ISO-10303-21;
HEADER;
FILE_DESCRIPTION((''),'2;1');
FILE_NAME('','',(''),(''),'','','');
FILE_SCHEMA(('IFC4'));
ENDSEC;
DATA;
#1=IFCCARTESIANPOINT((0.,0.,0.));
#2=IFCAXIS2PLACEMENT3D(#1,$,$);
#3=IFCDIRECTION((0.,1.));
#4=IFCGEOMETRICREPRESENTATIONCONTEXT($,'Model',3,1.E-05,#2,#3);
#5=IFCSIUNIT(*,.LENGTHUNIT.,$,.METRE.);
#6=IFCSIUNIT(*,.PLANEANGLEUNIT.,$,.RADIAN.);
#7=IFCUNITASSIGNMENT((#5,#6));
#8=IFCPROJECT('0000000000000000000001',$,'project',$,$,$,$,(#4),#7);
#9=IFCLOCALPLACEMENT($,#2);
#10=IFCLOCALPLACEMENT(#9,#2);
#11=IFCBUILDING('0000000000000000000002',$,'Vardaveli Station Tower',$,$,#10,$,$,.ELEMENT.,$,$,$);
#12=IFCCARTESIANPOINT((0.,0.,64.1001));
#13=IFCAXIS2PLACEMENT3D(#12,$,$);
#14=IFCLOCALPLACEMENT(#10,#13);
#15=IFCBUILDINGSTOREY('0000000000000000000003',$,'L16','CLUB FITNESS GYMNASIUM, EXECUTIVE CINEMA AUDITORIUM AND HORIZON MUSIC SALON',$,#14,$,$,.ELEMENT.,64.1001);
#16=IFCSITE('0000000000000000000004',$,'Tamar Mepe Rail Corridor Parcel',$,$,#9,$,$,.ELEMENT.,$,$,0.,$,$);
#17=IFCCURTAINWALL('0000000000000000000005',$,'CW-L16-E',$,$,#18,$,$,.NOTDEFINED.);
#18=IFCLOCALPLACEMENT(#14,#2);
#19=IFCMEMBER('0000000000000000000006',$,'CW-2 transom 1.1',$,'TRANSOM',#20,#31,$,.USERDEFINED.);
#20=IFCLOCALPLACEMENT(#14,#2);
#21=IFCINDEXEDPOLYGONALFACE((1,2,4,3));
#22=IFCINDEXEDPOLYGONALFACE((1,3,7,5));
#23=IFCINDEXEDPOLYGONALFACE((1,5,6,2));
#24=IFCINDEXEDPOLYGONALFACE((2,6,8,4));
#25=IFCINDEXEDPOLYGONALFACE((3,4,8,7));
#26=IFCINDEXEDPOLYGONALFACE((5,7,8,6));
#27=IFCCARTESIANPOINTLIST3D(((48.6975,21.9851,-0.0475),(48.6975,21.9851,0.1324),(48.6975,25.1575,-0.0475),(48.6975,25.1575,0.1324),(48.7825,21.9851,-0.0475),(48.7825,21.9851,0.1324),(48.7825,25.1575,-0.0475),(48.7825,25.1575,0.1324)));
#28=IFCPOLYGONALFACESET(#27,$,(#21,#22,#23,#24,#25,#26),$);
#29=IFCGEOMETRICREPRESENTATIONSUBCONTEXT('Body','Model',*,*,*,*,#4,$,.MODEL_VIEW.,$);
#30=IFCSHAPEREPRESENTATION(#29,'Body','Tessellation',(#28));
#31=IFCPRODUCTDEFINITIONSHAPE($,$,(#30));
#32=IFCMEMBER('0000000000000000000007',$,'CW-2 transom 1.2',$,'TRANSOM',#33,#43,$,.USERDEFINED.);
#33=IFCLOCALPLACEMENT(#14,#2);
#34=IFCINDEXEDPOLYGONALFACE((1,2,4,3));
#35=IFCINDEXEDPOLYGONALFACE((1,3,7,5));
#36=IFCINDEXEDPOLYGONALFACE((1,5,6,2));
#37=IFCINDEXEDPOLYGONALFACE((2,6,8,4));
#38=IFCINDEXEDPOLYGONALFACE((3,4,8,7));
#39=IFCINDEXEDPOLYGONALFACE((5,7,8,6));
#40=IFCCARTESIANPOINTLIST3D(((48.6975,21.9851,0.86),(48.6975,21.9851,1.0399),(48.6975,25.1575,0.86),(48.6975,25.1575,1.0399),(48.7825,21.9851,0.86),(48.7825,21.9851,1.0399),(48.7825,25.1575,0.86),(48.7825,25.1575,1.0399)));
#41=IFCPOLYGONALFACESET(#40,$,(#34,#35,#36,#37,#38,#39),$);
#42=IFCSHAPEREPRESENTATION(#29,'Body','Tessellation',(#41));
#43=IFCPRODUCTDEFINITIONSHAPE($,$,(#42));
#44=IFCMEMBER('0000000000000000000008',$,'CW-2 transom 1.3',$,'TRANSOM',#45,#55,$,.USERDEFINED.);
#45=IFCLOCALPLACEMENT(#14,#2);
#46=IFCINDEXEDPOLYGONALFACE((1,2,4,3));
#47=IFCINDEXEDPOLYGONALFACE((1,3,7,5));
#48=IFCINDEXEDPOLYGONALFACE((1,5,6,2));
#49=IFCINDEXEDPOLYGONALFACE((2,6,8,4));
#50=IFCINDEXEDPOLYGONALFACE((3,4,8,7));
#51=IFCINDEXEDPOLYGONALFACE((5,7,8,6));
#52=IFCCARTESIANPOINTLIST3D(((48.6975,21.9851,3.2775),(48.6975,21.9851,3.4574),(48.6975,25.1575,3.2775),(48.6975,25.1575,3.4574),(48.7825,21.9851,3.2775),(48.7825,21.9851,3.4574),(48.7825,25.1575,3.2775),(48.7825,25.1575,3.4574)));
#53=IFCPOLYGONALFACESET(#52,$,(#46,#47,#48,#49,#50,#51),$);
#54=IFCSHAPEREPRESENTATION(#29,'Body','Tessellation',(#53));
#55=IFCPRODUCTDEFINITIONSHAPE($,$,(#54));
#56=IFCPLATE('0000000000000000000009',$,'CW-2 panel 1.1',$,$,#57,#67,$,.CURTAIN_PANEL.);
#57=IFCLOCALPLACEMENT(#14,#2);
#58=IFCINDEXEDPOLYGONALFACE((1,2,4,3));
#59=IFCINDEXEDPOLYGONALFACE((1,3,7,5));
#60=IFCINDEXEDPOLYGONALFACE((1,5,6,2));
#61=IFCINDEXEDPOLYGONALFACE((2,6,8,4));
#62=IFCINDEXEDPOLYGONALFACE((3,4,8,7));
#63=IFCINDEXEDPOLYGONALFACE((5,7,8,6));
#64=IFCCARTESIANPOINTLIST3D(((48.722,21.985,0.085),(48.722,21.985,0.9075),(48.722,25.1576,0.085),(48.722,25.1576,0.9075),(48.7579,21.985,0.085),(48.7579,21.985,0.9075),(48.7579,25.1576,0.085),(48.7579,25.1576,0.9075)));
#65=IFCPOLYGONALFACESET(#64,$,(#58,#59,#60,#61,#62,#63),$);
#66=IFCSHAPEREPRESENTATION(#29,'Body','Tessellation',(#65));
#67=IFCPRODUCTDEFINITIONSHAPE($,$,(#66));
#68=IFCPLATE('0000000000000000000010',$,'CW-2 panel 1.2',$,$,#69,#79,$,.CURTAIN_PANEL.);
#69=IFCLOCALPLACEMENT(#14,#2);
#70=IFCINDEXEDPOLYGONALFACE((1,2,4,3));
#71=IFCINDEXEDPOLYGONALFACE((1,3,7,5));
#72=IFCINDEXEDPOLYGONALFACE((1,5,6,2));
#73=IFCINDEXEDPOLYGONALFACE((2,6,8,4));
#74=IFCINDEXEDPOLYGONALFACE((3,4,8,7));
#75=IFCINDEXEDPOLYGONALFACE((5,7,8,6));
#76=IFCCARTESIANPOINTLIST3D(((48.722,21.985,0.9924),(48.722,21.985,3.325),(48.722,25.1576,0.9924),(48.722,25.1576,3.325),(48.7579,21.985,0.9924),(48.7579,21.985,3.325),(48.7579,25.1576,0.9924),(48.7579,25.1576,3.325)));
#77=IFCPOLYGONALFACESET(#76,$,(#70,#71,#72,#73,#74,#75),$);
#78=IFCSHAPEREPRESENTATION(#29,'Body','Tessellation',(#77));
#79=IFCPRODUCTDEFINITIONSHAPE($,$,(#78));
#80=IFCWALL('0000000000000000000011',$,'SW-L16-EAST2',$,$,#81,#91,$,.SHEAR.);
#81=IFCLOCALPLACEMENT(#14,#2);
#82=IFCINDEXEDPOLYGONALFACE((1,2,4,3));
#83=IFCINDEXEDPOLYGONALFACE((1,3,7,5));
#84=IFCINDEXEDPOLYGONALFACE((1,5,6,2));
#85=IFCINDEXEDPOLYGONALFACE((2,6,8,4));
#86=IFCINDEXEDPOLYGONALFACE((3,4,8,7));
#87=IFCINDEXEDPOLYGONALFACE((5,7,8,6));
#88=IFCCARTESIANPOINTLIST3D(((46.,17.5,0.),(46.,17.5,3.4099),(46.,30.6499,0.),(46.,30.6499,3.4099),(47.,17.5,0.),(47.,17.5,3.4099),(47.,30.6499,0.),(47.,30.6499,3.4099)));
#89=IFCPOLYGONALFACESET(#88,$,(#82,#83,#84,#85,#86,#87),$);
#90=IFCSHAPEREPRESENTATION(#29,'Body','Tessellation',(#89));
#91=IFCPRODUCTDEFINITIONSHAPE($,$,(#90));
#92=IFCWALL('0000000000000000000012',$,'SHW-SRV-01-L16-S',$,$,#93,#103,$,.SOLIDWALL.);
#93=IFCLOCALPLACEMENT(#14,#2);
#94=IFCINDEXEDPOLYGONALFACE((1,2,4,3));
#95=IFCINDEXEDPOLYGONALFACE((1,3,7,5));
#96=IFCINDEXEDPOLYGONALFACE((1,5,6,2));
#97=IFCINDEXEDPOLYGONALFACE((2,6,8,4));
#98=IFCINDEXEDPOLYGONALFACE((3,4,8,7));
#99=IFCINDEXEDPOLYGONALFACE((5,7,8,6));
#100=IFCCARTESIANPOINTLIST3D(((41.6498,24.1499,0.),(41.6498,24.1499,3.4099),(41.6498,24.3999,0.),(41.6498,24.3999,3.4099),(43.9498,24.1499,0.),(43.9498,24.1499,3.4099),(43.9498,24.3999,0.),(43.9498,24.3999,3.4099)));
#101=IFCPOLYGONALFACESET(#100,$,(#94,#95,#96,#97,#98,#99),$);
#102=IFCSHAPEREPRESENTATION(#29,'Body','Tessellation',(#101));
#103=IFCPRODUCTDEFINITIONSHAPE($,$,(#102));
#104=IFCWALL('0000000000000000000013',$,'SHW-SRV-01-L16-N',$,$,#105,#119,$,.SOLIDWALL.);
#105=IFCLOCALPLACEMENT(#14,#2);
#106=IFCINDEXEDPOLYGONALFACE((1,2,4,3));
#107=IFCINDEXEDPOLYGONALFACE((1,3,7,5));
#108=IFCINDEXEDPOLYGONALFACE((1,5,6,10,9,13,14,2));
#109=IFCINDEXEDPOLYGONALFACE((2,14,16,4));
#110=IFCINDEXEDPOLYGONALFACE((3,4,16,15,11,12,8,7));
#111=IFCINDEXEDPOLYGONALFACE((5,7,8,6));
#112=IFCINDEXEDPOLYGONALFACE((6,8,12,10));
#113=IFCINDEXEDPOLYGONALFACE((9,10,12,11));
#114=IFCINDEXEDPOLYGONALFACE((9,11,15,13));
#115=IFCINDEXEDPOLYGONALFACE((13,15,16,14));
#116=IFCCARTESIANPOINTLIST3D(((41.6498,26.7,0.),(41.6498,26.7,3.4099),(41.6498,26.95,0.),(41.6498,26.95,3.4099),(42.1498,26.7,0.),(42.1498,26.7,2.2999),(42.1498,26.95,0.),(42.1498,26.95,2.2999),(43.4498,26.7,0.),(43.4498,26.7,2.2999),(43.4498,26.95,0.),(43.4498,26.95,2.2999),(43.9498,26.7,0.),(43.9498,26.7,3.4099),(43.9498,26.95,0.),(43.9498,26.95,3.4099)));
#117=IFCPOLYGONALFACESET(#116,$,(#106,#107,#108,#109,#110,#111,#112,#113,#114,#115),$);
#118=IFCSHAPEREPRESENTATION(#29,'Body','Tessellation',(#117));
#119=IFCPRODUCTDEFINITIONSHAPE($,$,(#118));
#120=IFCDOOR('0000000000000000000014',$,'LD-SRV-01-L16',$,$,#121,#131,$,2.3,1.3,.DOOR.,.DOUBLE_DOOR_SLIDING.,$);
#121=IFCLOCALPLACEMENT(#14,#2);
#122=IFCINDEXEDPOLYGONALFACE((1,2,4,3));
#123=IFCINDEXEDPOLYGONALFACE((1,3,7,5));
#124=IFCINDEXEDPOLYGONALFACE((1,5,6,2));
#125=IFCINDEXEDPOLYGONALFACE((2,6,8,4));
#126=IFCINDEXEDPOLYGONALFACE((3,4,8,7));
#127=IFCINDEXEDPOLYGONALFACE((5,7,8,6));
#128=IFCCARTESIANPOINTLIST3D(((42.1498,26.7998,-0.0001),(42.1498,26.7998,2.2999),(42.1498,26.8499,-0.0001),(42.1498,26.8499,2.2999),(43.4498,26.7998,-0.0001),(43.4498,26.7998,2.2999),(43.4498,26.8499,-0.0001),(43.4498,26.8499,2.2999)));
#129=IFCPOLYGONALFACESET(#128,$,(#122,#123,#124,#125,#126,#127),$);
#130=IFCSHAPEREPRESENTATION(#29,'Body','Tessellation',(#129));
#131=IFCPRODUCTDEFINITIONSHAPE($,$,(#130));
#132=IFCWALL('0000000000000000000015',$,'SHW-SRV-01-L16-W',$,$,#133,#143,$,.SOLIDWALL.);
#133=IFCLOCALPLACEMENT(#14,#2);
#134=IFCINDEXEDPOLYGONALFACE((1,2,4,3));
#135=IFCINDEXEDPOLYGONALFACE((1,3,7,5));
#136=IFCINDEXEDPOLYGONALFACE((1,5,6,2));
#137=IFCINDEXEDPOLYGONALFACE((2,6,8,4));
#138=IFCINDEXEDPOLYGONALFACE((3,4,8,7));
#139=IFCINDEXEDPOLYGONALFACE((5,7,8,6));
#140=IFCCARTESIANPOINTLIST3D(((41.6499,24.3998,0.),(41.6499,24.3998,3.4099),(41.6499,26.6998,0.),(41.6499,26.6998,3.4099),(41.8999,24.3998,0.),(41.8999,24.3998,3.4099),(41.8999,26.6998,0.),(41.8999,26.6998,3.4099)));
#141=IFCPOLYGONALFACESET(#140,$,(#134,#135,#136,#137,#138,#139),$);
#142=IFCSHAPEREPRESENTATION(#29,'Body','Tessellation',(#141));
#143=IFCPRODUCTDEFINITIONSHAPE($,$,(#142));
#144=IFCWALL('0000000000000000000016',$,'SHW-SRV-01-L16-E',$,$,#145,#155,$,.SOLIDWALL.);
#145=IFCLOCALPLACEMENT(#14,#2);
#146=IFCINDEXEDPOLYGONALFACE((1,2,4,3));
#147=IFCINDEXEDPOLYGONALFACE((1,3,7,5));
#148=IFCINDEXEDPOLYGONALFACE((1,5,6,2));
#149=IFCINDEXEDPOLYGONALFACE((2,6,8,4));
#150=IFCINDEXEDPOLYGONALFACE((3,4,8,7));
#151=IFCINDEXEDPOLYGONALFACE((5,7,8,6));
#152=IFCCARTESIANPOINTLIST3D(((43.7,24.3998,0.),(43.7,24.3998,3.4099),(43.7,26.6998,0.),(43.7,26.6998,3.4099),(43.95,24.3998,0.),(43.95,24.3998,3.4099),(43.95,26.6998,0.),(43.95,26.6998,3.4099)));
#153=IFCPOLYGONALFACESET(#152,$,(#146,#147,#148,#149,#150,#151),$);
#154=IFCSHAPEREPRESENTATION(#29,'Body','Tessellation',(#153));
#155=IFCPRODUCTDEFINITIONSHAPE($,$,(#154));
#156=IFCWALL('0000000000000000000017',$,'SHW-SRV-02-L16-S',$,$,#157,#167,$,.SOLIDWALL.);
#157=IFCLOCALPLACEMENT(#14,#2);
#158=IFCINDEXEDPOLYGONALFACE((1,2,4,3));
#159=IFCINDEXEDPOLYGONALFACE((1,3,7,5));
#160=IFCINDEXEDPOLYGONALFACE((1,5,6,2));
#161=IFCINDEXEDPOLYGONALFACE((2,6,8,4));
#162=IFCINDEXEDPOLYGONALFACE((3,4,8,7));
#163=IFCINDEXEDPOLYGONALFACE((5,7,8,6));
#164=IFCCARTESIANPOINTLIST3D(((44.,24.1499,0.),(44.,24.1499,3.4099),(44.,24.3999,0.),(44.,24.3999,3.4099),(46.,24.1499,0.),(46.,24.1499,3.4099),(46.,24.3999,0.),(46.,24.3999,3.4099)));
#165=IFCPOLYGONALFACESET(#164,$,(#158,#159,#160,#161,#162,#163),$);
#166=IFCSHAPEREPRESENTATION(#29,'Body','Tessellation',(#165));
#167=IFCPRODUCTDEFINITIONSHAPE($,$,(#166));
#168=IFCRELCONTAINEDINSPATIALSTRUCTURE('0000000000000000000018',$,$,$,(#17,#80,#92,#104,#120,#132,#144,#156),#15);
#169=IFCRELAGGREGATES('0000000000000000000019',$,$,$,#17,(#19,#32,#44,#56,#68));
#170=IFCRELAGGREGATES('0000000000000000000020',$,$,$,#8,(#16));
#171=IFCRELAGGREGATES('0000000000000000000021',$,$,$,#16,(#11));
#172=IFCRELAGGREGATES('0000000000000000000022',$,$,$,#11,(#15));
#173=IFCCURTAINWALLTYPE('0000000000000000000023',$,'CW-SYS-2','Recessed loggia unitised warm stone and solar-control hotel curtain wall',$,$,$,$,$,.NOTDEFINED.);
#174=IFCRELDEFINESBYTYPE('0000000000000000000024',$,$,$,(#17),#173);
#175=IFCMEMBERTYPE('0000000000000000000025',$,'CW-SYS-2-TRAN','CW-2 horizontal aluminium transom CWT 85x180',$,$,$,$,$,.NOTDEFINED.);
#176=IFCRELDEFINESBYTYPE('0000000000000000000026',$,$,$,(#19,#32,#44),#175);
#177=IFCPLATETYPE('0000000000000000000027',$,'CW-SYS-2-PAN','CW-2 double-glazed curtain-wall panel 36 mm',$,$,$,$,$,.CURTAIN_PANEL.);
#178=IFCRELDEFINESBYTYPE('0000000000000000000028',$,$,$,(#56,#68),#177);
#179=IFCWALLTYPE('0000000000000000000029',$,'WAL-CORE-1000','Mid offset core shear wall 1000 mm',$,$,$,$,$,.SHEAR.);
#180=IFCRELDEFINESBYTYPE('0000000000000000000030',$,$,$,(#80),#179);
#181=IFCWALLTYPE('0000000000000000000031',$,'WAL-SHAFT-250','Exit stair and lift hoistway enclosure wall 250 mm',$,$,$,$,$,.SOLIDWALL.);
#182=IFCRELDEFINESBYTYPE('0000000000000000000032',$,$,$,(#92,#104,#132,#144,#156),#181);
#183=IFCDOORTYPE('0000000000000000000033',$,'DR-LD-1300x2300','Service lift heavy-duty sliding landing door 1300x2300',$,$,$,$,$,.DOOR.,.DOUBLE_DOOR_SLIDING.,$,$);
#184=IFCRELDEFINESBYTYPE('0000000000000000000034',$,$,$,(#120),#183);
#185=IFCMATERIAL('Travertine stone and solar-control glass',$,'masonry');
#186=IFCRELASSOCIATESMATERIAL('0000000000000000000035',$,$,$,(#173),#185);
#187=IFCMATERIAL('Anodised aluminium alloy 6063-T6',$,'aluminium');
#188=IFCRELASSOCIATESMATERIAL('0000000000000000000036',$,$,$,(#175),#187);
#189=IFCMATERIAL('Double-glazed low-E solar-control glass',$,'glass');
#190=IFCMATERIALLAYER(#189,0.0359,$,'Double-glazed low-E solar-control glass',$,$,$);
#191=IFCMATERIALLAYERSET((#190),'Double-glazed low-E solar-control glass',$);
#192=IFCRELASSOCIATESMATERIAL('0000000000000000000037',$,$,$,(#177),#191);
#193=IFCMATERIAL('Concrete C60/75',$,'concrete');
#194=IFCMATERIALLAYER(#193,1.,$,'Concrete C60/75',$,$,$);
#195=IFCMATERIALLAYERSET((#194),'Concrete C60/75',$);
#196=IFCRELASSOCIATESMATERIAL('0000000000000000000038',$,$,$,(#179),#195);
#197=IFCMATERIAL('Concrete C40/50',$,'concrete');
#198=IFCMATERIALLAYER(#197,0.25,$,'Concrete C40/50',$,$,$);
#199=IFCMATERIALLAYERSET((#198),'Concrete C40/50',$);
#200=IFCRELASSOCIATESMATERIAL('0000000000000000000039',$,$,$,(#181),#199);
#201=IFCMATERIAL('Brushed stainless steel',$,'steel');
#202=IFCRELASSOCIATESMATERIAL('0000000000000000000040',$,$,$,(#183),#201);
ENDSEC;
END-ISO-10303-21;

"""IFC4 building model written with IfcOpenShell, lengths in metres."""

from ifc_helpers import new_model, si_unit, direction, frame, frame_2d, origin, origin_2d, place, context, subcontext, project, spatial, rectangle, extrude, source, transform, mapped, material, layer, layer_set, material_profile, profile_set, type_object, element, fill, aggregate, save


model = new_model("IFC4")

# Units and contexts
model_context = context("Model", 3, precision=1e-05, world=origin(), true_north=direction((0.0, 1.0)))
body_context = subcontext(model_context, "Body", "Model", "MODEL_VIEW")
ifc_project = project(units=[si_unit("LENGTHUNIT", "METRE"), si_unit("PLANEANGLEUNIT", "RADIAN")], contexts=[model_context])

# Site, building, storey
site_placement = place(None, origin())
site = spatial("IfcSite", under=ifc_project, at=site_placement, Name="Tamar Mepe Rail Corridor Parcel", CompositionType="ELEMENT", RefElevation=0.0)
building_placement = place(site_placement, origin())
building = spatial("IfcBuilding", under=site, at=building_placement, Name="Vardaveli Station Tower", CompositionType="ELEMENT")
storey_placement = place(building_placement, frame((0.0, 0.0, 64.1001)))
storey = spatial("IfcBuildingStorey", under=building, at=storey_placement, Name="L16", Description="CLUB FITNESS GYMNASIUM, EXECUTIVE CINEMA AUDITORIUM AND HORIZON MUSIC SALON", CompositionType="ELEMENT", Elevation=64.1001)

# Curtain wall, members, plates
ifc_material_1 = material(Name="Travertine stone and solar-control glass", Category="masonry")
curtain_wall_type = type_object("IfcCurtainWallType", Name="CW-SYS-2", Description="Recessed loggia unitised warm stone and solar-control hotel curtain wall", PredefinedType="NOTDEFINED", material=ifc_material_1)
curtain_wall_placement = place(storey_placement, origin())
curtain_wall = element("IfcCurtainWall", 1, at=curtain_wall_placement, inside=storey, type_object=curtain_wall_type, Name="CW-L16-E", PredefinedType="NOTDEFINED")
ifc_material_2 = material(Name="Anodised aluminium alloy 6063-T6", Category="aluminium")
ifc_material_profile_1 = material_profile(ifc_material_2, rectangle(XDim=0.085, YDim=0.1799, at=origin_2d()), Name="CWT 85x180")
ifc_profile_set_1 = profile_set([ifc_material_profile_1], Name="Anodised aluminium alloy 6063-T6")
member_type_1 = type_object("IfcMemberType", Name="CW-SYS-2-TRAN", Description="CW-2 horizontal aluminium transom CWT 85x180", PredefinedType="NOTDEFINED", material=ifc_profile_set_1)
shared_shape_1 = source(origin(), body_context, "Body", "SweptSolid", [
    extrude(rectangle(XDim=0.085, YDim=0.1799, at=origin_2d()), origin(), (0.0, 0.0, 1.0), 3.1724),
])
member_1_placement = place(storey_placement, frame((48.74, 21.9851, 0.0425), z_axis=(0.0, 1.0, 0.0), x_axis=(-1.0, 0.0, 0.0)))
member_1 = element("IfcMember", 2, at=member_1_placement, type_object=member_type_1, Name="CW-2 transom 1.1", ObjectType="TRANSOM", PredefinedType="USERDEFINED", context=body_context, shape_type="MappedRepresentation", body=[
    mapped(shared_shape_1, transform((0.0, 0.0, 0.0), scale=1.0)),
])
member_2_placement = place(storey_placement, frame((48.74, 21.9851, 0.95), z_axis=(0.0, 1.0, 0.0), x_axis=(-1.0, 0.0, 0.0)))
member_2 = element("IfcMember", 3, at=member_2_placement, type_object=member_type_1, Name="CW-2 transom 1.2", ObjectType="TRANSOM", PredefinedType="USERDEFINED", context=body_context, shape_type="MappedRepresentation", body=[
    mapped(shared_shape_1, transform((0.0, 0.0, 0.0), scale=1.0)),
])
member_3_placement = place(storey_placement, frame((48.74, 21.9851, 3.3674), z_axis=(0.0, 1.0, 0.0), x_axis=(-1.0, 0.0, 0.0)))
member_3 = element("IfcMember", 4, at=member_3_placement, type_object=member_type_1, Name="CW-2 transom 1.3", ObjectType="TRANSOM", PredefinedType="USERDEFINED", context=body_context, shape_type="MappedRepresentation", body=[
    mapped(shared_shape_1, transform((0.0, 0.0, 0.0), scale=1.0)),
])
ifc_material_3 = material(Name="Double-glazed low-E solar-control glass", Category="glass")
ifc_layer_1 = layer(ifc_material_3, 0.0359, Name="Double-glazed low-E solar-control glass")
ifc_layer_set_1 = layer_set([ifc_layer_1], Name="Double-glazed low-E solar-control glass")
plate_type = type_object("IfcPlateType", Name="CW-SYS-2-PAN", Description="CW-2 double-glazed curtain-wall panel 36 mm", PredefinedType="CURTAIN_PANEL", material=ifc_layer_set_1)
shared_shape_2 = source(origin(), body_context, "Body", "SweptSolid", [
    extrude(rectangle(XDim=3.1726, YDim=0.0359, at=origin_2d()), origin(), (0.0, 0.0, 1.0), 0.8225),
])
plate_1_placement = place(storey_placement, frame((48.74, 23.5713, 0.085), z_axis=(0.0, 0.0, 1.0), x_axis=(0.0, 1.0, 0.0)))
plate_1 = element("IfcPlate", 5, at=plate_1_placement, type_object=plate_type, Name="CW-2 panel 1.1", PredefinedType="CURTAIN_PANEL", context=body_context, shape_type="MappedRepresentation", body=[
    mapped(shared_shape_2, transform((0.0, 0.0, 0.0), scale=1.0)),
])
shared_shape_3 = source(origin(), body_context, "Body", "SweptSolid", [
    extrude(rectangle(XDim=3.1726, YDim=0.0359, at=origin_2d()), origin(), (0.0, 0.0, 1.0), 2.3325),
])
plate_2_placement = place(storey_placement, frame((48.74, 23.5713, 0.9924), z_axis=(0.0, 0.0, 1.0), x_axis=(0.0, 1.0, 0.0)))
plate_2 = element("IfcPlate", 6, at=plate_2_placement, type_object=plate_type, Name="CW-2 panel 1.2", PredefinedType="CURTAIN_PANEL", context=body_context, shape_type="MappedRepresentation", body=[
    mapped(shared_shape_3, transform((0.0, 0.0, 0.0), scale=1.0)),
])
aggregate(curtain_wall, [member_1, member_2, member_3, plate_1, plate_2])

# Walls
ifc_material_4 = material(Name="Concrete C60/75", Category="concrete")
ifc_layer_2 = layer(ifc_material_4, 1.0, Name="Concrete C60/75")
ifc_layer_set_2 = layer_set([ifc_layer_2], Name="Concrete C60/75")
wall_type_1 = type_object("IfcWallType", Name="WAL-CORE-1000", Description="Mid offset core shear wall 1000 mm", PredefinedType="SHEAR", material=ifc_layer_set_2)
shared_shape_4 = source(origin(), body_context, "Body", "SweptSolid", [
    extrude(rectangle(XDim=13.1499, YDim=1.0, at=frame_2d((6.575, 0.0))), origin(), (0.0, 0.0, 1.0), 3.4099),
])
wall_1_placement = place(storey_placement, frame((46.5, 17.5, 0.0), z_axis=(0.0, 0.0, 1.0), x_axis=(0.0, 1.0, 0.0)))
element("IfcWall", 7, at=wall_1_placement, inside=storey, type_object=wall_type_1, Name="SW-L16-EAST2", PredefinedType="SHEAR", context=body_context, shape_type="MappedRepresentation", body=[
    mapped(shared_shape_4, transform((0.0, 0.0, 0.0), scale=1.0)),
])
ifc_material_5 = material(Name="Concrete C40/50", Category="concrete")
ifc_layer_3 = layer(ifc_material_5, 0.25, Name="Concrete C40/50")
ifc_layer_set_3 = layer_set([ifc_layer_3], Name="Concrete C40/50")
wall_type_2 = type_object("IfcWallType", Name="WAL-SHAFT-250", Description="Exit stair and lift hoistway enclosure wall 250 mm", PredefinedType="SOLIDWALL", material=ifc_layer_set_3)
shared_shape_5 = source(origin(), body_context, "Body", "SweptSolid", [
    extrude(rectangle(XDim=2.3, YDim=0.25, at=frame_2d((1.1499, 0.0))), origin(), (0.0, 0.0, 1.0), 3.4099),
])
wall_2_placement = place(storey_placement, frame((41.6499, 24.2749, 0.0), z_axis=(0.0, 0.0, 1.0), x_axis=(1.0, 0.0, 0.0)))
element("IfcWall", 8, at=wall_2_placement, inside=storey, type_object=wall_type_2, Name="SHW-SRV-01-L16-S", PredefinedType="SOLIDWALL", context=body_context, shape_type="MappedRepresentation", body=[
    mapped(shared_shape_5, transform((0.0, 0.0, 0.0), scale=1.0)),
])

# Wall, opening, door
wall_3_placement = place(storey_placement, frame((41.6499, 26.825, 0.0), z_axis=(0.0, 0.0, 1.0), x_axis=(1.0, 0.0, 0.0)))
wall_3 = element("IfcWall", 9, at=wall_3_placement, inside=storey, type_object=wall_type_2, Name="SHW-SRV-01-L16-N", PredefinedType="SOLIDWALL", context=body_context, shape_type="MappedRepresentation", body=[
    mapped(shared_shape_5, transform((0.0, 0.0, 0.0), scale=1.0)),
])
shared_shape_6 = source(origin(), body_context, "Body", "SweptSolid", [
    extrude(rectangle(XDim=1.3, YDim=2.3, at=frame_2d((0.6499, 1.1499))), frame((0.0, 0.135, 0.0), z_axis=(0.0, -1.0, 0.0), x_axis=(1.0, 0.0, 0.0)), (0.0, 0.0, 1.0), 0.27),
])
opening_1_placement = place(wall_3_placement, frame((0.5, 0.0, 0.0)))
opening_1 = element("IfcOpeningElement", 10, at=opening_1_placement, cuts=wall_3, PredefinedType="OPENING", context=body_context, shape_type="MappedRepresentation", body=[
    mapped(shared_shape_6, transform((0.0, 0.0, 0.0), scale=1.0)),
])
ifc_material_6 = material(Name="Brushed stainless steel", Category="steel")
door_type = type_object("IfcDoorType", Name="DR-LD-1300x2300", Description="Service lift heavy-duty sliding landing door 1300x2300", OperationType="DOUBLE_DOOR_SLIDING", PredefinedType="DOOR", material=ifc_material_6)
shared_shape_7 = source(origin(), body_context, "Body", "SweptSolid", [
    extrude(rectangle(XDim=1.3, YDim=2.3, at=frame_2d((0.6499, 1.1499))), frame((0.0, 0.0249, 0.0), z_axis=(0.0, -1.0, 0.0), x_axis=(1.0, 0.0, 0.0)), (0.0, 0.0, 1.0), 0.05),
])
door_1_placement = place(opening_1_placement, origin())
door_1 = element("IfcDoor", 11, at=door_1_placement, inside=storey, type_object=door_type, Name="LD-SRV-01-L16", OperationType="DOUBLE_DOOR_SLIDING", OverallHeight=2.3, OverallWidth=1.3, PredefinedType="DOOR", context=body_context, shape_type="MappedRepresentation", body=[
    mapped(shared_shape_7, transform((0.0, 0.0, 0.0), scale=1.0)),
])
fill(opening_1, door_1)

# Walls
for number, where, z_axis, x_axis, name in (
    (12, (41.7749, 24.3999, 0.0), (0.0, 0.0, 1.0), (0.0, 1.0, 0.0), "SHW-SRV-01-L16-W"),
    (13, (43.825, 24.3999, 0.0), (0.0, 0.0, 1.0), (0.0, 1.0, 0.0), "SHW-SRV-01-L16-E"),
):
    element("IfcWall", number, at=place(storey_placement, frame(where, z_axis=z_axis, x_axis=x_axis)), inside=storey, type_object=wall_type_2, Name=name, PredefinedType="SOLIDWALL", context=body_context, shape_type="MappedRepresentation", body=[
        mapped(shared_shape_5, transform((0.0, 0.0, 0.0), scale=1.0)),
    ])
shared_shape_8 = source(origin(), body_context, "Body", "SweptSolid", [
    extrude(rectangle(XDim=2.0, YDim=0.25, at=frame_2d((1.0, 0.0))), origin(), (0.0, 0.0, 1.0), 3.4099),
])
wall_4_placement = place(storey_placement, frame((44.0, 24.2749, 0.0), z_axis=(0.0, 0.0, 1.0), x_axis=(1.0, 0.0, 0.0)))
element("IfcWall", 14, at=wall_4_placement, inside=storey, type_object=wall_type_2, Name="SHW-SRV-02-L16-S", PredefinedType="SOLIDWALL", context=body_context, shape_type="MappedRepresentation", body=[
    mapped(shared_shape_8, transform((0.0, 0.0, 0.0), scale=1.0)),
])

save(model, "model.ifc")
